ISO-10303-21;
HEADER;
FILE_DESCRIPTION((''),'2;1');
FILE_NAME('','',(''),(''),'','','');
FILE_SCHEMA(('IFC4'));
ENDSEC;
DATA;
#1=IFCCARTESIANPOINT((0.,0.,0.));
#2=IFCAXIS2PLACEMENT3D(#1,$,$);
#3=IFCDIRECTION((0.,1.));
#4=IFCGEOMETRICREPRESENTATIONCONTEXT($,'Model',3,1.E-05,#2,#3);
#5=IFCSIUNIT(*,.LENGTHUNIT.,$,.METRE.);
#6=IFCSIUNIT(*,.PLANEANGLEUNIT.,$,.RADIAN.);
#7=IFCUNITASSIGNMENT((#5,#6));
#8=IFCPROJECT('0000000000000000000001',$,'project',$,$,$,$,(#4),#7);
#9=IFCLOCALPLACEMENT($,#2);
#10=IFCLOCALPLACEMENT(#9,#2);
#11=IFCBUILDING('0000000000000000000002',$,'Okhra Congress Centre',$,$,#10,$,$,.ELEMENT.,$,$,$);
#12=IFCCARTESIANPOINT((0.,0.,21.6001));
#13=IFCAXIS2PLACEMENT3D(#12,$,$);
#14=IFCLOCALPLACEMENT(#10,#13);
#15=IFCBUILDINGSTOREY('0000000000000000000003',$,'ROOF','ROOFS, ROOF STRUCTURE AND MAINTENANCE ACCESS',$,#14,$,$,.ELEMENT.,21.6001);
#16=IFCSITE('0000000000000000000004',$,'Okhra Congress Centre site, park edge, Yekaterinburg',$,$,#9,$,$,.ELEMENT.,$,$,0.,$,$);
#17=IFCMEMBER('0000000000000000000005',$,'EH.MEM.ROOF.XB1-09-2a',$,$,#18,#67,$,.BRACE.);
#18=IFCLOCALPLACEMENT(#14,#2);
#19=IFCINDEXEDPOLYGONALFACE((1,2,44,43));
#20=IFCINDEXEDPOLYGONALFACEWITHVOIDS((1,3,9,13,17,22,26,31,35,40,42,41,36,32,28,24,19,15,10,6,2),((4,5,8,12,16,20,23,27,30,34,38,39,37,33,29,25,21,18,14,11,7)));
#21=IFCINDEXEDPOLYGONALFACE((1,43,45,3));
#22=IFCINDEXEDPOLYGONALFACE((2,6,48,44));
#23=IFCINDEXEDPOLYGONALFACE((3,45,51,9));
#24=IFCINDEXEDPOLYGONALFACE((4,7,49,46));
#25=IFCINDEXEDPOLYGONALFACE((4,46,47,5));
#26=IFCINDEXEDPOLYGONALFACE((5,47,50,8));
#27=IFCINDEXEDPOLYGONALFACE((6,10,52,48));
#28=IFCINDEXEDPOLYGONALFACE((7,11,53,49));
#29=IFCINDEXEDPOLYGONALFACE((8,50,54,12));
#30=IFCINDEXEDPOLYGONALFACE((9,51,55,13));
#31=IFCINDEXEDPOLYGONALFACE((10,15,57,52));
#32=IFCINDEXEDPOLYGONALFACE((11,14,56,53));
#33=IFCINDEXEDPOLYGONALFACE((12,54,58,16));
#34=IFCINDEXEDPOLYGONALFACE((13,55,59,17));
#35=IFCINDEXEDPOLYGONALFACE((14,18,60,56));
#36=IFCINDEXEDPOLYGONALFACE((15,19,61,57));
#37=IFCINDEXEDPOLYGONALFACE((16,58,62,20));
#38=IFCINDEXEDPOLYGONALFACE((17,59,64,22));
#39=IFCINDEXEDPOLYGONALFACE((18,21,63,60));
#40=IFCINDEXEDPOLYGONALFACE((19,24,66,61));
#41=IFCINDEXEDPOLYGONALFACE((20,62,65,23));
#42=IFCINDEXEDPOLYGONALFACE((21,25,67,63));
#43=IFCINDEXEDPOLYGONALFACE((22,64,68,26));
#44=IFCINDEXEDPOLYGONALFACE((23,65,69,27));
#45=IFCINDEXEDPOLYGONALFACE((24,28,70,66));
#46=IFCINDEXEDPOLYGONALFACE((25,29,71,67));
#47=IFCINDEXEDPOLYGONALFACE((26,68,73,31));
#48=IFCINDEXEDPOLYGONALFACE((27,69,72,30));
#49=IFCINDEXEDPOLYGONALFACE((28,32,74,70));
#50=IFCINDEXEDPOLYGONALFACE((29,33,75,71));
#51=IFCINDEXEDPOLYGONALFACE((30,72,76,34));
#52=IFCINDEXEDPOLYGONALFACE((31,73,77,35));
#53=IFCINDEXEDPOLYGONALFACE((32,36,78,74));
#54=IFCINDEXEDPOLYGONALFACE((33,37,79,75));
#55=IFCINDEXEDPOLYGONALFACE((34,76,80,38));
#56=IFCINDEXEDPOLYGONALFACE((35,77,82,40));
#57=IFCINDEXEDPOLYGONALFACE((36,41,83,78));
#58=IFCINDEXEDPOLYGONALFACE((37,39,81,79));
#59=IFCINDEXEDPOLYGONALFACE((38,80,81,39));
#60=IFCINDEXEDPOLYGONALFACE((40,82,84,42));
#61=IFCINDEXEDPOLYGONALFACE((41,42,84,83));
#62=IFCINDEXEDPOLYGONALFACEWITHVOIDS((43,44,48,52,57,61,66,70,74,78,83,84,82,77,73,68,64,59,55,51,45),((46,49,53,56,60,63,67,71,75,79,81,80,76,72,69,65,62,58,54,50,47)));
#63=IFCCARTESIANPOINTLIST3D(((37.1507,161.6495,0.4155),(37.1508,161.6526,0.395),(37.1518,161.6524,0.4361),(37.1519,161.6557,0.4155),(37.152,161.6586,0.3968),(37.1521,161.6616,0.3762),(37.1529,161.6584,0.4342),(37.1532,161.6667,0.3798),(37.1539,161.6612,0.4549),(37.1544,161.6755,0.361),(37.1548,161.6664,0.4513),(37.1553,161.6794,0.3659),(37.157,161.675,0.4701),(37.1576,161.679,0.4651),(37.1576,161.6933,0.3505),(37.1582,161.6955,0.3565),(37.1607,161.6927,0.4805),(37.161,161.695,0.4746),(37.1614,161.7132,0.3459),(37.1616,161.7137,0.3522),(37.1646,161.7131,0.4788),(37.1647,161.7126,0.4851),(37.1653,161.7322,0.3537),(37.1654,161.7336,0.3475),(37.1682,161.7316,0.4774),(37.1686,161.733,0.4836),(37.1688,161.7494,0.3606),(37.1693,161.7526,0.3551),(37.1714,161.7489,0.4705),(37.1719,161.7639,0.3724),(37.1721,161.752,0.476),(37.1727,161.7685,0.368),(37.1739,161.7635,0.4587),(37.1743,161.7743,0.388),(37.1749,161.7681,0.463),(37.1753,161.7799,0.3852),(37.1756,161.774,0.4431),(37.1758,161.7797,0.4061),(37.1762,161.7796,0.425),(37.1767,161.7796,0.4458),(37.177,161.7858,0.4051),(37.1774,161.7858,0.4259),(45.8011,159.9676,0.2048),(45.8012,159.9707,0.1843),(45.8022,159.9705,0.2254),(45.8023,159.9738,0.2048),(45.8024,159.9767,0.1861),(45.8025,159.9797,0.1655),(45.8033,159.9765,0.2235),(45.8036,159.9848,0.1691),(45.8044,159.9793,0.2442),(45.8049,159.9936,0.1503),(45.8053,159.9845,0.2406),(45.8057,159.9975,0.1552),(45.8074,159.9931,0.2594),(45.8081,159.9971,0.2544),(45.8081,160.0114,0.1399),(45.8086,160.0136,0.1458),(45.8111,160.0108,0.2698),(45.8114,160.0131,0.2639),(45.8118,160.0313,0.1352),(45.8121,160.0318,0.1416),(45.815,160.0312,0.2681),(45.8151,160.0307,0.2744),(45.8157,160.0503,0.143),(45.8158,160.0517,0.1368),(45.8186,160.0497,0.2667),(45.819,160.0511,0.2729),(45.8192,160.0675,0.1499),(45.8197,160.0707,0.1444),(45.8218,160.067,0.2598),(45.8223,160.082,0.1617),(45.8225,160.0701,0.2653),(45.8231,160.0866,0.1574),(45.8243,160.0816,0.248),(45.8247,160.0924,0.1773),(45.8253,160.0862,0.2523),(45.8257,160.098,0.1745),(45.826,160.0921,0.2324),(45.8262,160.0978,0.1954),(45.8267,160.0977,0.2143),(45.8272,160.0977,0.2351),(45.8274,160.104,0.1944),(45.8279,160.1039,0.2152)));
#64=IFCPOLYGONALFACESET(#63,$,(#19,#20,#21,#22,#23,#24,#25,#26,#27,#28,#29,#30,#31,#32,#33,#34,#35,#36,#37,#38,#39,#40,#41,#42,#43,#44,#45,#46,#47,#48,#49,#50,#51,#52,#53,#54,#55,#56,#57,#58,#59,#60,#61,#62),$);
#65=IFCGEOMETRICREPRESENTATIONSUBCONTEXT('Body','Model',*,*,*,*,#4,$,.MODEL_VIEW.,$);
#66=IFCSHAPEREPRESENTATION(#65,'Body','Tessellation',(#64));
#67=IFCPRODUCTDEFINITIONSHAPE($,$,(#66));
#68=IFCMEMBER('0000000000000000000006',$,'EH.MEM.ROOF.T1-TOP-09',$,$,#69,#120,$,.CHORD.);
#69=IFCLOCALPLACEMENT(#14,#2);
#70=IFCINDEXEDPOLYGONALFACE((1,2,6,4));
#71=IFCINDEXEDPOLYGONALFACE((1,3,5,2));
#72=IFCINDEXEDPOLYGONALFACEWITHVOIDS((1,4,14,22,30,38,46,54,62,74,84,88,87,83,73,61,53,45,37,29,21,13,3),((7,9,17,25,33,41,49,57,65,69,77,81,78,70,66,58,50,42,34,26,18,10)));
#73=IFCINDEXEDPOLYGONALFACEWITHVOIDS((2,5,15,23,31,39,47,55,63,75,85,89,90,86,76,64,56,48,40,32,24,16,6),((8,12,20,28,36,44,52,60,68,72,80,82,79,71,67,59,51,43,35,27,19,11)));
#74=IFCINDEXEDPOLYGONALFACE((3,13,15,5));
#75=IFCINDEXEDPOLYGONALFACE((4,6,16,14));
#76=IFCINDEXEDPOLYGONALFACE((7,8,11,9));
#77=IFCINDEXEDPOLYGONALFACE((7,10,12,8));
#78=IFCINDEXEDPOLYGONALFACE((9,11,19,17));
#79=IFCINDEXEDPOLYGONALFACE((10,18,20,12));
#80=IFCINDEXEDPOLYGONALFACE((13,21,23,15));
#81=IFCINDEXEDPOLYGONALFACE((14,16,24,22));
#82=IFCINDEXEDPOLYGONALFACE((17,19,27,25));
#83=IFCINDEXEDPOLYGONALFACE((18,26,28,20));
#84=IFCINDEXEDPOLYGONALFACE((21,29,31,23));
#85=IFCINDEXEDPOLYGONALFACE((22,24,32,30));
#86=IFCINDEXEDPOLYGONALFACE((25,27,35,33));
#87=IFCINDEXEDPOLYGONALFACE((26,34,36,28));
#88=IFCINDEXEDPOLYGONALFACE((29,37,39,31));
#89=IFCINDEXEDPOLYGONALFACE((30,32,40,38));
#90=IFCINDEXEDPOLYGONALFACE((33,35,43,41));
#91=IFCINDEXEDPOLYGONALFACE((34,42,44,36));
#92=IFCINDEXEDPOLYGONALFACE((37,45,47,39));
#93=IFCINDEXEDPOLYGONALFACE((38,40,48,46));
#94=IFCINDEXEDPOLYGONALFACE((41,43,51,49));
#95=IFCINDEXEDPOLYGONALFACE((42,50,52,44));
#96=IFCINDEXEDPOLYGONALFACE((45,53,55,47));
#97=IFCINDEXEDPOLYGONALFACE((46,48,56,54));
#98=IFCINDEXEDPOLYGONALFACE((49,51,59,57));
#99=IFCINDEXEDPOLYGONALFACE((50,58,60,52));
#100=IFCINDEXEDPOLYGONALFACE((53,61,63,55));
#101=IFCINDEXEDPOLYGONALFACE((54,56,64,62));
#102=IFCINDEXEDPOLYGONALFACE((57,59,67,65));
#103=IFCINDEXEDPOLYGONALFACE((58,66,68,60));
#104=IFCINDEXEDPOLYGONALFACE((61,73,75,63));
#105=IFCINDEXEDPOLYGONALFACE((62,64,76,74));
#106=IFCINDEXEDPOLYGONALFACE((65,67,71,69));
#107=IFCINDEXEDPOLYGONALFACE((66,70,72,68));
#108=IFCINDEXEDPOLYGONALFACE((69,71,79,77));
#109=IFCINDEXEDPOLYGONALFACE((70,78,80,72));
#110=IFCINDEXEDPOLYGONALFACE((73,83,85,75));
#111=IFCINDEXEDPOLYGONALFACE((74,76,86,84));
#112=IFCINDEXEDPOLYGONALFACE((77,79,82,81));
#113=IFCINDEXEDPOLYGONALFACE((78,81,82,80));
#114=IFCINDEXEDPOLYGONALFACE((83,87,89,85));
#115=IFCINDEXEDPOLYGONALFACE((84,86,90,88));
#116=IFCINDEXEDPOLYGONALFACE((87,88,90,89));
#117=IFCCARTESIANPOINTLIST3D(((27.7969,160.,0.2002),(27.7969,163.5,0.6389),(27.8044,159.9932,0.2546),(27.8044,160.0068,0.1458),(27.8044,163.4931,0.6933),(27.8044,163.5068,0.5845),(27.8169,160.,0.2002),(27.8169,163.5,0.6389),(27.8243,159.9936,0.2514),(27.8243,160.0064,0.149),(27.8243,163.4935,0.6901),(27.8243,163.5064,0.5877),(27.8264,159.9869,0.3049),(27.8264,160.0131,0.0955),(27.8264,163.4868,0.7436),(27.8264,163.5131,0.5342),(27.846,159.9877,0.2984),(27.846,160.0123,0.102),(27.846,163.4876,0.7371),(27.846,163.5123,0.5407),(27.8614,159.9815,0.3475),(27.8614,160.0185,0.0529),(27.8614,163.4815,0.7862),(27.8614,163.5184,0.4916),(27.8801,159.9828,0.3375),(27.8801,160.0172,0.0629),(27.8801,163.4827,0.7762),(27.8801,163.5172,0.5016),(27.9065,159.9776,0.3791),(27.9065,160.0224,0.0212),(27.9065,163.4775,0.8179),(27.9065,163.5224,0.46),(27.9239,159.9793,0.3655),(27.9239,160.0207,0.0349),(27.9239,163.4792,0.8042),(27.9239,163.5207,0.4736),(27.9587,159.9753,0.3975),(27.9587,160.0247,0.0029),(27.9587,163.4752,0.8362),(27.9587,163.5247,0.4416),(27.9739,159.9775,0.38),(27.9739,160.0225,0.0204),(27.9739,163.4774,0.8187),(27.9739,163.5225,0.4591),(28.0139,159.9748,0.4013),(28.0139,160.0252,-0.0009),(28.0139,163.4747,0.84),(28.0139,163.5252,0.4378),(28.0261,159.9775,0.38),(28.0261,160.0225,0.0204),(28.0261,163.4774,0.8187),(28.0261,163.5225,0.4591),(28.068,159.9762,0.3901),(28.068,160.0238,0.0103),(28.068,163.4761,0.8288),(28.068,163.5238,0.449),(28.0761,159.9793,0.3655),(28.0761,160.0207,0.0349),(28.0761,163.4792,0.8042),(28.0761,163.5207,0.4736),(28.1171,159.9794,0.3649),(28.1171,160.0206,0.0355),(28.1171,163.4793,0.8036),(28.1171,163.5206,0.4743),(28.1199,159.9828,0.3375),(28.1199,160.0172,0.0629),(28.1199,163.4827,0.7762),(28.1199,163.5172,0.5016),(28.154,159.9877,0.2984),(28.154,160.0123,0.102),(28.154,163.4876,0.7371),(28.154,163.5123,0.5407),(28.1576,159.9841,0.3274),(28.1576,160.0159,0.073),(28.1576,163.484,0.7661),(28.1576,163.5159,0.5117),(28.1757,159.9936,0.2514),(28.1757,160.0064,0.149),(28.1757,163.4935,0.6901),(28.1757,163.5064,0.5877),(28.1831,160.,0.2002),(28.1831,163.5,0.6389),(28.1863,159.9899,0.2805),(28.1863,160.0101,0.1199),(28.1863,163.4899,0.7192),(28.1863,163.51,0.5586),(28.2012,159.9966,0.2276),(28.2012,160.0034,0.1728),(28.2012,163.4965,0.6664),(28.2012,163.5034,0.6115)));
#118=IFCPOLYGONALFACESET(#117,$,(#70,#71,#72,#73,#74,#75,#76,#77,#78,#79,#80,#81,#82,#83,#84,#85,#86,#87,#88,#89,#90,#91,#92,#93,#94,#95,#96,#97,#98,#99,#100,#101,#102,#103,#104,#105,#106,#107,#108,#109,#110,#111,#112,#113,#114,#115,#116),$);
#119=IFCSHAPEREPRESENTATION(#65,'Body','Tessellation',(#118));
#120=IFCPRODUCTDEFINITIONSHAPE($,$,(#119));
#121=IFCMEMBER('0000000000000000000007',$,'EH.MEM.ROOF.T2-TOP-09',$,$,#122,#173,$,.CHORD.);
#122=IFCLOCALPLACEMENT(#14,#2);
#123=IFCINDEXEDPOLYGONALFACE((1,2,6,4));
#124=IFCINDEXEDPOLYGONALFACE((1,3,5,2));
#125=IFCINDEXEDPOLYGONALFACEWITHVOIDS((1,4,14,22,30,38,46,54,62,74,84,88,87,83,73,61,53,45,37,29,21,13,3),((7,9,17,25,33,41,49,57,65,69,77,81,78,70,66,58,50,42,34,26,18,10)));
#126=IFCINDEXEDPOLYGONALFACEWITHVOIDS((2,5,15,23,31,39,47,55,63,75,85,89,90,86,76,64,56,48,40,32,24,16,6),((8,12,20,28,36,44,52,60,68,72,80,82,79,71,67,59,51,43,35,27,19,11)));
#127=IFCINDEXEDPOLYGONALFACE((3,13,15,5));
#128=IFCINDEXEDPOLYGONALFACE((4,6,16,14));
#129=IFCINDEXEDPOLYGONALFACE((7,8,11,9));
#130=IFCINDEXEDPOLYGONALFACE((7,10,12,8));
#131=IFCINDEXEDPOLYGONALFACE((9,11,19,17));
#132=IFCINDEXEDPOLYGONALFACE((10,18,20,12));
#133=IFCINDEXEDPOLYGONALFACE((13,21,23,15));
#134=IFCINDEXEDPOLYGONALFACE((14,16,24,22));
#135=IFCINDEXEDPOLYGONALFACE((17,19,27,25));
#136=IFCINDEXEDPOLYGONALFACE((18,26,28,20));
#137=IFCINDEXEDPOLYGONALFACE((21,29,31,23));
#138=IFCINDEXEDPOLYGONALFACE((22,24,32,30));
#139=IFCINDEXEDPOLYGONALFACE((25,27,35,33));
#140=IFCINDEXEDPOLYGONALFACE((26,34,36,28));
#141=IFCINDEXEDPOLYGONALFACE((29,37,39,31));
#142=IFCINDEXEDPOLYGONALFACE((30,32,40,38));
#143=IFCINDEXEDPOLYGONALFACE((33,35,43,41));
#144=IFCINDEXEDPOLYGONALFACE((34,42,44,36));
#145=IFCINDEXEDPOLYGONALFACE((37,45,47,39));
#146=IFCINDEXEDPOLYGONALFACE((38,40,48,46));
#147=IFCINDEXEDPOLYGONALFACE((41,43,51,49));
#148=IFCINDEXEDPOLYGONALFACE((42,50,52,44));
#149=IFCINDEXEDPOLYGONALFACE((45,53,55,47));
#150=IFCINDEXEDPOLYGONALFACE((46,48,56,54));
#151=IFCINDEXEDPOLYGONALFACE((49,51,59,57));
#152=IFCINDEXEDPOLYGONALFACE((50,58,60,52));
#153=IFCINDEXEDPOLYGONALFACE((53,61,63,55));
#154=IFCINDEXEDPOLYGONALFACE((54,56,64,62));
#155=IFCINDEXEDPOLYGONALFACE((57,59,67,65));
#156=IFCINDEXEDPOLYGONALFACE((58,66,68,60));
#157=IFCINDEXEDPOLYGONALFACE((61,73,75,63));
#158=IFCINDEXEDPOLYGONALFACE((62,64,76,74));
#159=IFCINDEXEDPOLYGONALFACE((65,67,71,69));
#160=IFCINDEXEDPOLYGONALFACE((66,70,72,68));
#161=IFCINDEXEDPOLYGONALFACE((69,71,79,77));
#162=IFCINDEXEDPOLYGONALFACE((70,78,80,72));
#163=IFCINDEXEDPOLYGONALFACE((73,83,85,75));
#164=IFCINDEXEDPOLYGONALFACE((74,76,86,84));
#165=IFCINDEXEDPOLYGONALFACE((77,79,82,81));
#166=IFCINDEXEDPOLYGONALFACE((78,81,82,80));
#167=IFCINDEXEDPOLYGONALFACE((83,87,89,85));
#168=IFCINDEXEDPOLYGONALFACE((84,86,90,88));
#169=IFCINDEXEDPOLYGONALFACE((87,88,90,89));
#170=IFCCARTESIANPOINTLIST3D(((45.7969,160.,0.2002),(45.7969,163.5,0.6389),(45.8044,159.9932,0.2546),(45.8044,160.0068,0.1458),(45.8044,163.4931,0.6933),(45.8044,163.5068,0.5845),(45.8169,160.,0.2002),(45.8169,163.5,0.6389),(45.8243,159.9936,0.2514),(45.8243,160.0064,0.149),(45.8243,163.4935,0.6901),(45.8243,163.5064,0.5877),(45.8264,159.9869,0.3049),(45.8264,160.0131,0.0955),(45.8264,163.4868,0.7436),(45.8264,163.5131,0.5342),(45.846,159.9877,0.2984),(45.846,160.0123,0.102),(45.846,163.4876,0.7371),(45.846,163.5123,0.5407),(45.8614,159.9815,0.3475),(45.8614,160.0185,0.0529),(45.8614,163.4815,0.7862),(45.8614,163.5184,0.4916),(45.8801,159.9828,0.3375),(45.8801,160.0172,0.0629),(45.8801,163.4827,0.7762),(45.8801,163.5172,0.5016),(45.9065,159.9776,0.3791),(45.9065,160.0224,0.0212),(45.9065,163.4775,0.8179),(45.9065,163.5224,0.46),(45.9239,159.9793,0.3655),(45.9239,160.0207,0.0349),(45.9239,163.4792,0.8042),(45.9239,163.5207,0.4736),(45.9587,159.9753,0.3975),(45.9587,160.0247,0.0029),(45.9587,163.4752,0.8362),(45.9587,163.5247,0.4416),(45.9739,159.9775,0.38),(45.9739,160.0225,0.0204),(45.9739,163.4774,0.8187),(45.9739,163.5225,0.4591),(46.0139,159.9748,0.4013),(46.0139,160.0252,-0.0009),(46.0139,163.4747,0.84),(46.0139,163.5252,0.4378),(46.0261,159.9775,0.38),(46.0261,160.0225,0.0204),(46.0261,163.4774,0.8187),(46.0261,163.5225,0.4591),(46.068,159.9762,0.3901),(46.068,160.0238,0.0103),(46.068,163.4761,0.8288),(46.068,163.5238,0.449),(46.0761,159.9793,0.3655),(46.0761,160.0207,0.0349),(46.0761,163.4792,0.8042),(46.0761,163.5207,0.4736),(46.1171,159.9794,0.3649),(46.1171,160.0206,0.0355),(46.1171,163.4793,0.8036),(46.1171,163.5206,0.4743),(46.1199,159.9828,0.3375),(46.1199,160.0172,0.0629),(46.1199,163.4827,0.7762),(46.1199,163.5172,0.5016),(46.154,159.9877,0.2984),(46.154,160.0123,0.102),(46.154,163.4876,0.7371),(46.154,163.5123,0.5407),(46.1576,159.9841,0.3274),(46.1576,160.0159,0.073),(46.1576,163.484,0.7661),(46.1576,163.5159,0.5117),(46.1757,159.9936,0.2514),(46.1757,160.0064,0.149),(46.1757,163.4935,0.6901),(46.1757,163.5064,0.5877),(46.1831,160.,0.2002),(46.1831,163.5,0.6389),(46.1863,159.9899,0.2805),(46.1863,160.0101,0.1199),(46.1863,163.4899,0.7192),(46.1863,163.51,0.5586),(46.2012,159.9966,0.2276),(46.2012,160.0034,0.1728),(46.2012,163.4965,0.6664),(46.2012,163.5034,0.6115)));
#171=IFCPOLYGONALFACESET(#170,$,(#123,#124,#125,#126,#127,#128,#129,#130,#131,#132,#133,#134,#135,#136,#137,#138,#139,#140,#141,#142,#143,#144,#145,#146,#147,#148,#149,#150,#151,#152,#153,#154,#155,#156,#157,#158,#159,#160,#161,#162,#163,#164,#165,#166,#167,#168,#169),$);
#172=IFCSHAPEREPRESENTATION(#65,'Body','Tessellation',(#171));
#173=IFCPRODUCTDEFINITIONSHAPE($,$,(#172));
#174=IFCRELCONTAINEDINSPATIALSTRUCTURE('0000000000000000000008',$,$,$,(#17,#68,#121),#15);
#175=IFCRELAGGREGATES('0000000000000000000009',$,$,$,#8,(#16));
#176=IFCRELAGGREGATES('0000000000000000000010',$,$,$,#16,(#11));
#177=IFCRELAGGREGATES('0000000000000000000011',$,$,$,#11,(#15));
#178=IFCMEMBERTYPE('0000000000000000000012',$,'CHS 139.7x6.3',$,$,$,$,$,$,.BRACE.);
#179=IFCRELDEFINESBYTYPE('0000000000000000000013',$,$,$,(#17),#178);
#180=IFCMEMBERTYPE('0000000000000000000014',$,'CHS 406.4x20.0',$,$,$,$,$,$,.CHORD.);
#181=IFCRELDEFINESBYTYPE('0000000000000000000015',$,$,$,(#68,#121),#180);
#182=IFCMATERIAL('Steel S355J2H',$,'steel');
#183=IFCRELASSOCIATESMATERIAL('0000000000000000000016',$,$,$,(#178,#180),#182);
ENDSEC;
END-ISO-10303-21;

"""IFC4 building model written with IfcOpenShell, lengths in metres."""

from ifc_helpers import new_model, si_unit, direction, frame, origin, origin_2d, place, context, subcontext, project, spatial, hollow_circle, extrude, material, material_profile, profile_set, type_object, element, save


model = new_model("IFC4")

# Units and contexts
model_context = context("Model", 3, precision=1e-05, world=origin(), true_north=direction((0.0, 1.0)))
body_context = subcontext(model_context, "Body", "Model", "MODEL_VIEW")
ifc_project = project(units=[si_unit("LENGTHUNIT", "METRE"), si_unit("PLANEANGLEUNIT", "RADIAN")], contexts=[model_context])

# Site, building, storey
site_placement = place(None, origin())
site = spatial("IfcSite", under=ifc_project, at=site_placement, Name="Okhra Congress Centre site, park edge, Yekaterinburg", CompositionType="ELEMENT", RefElevation=0.0)
building_placement = place(site_placement, origin())
building = spatial("IfcBuilding", under=site, at=building_placement, Name="Okhra Congress Centre", CompositionType="ELEMENT")
storey_placement = place(building_placement, frame((0.0, 0.0, 21.6001)))
storey = spatial("IfcBuildingStorey", under=building, at=storey_placement, Name="ROOF", Description="ROOFS, ROOF STRUCTURE AND MAINTENANCE ACCESS", CompositionType="ELEMENT", Elevation=21.6001)

# Members
ifc_material_1 = material(Name="Steel S355J2H", Category="steel")
ifc_material_profile_1 = material_profile(ifc_material_1, hollow_circle(Radius=0.0698, WallThickness=0.0063, at=origin_2d()), Name="CHS 139.7x6.3")
ifc_profile_set_1 = profile_set([ifc_material_profile_1], Name="Steel S355J2H")
member_type_1 = type_object("IfcMemberType", Name="CHS 139.7x6.3", PredefinedType="BRACE", material=ifc_profile_set_1)
member_1_placement = place(storey_placement, frame((45.8145, 160.0361, 0.2048), z_axis=(-0.981338, 0.1908, 0.023902), x_axis=(-0.190855, -0.981618, 0.0)))
element("IfcMember", 1, at=member_1_placement, inside=storey, type_object=member_type_1, Name="EH.MEM.ROOF.XB1-09-2a", PredefinedType="BRACE", context=body_context, shape_type="SweptSolid", body=[
    extrude(hollow_circle(Radius=0.0698, WallThickness=0.0063, at=origin_2d()), origin(), (0.0, 0.0, 1.0), 8.8149),
])
ifc_material_profile_2 = material_profile(ifc_material_1, hollow_circle(Radius=0.2031, WallThickness=0.02, at=origin_2d()), Name="CHS 406.4x20.0")
ifc_profile_set_2 = profile_set([ifc_material_profile_2], Name="Steel S355J2H")
member_type_2 = type_object("IfcMemberType", Name="CHS 406.4x20.0", PredefinedType="CHORD", material=ifc_profile_set_2)
for number, where, z_axis, x_axis, name in (
    (2, (28.0, 160.0, 0.2002), (0.0, 0.992235, 0.124375), (-1.0, 0.0, 0.0), "EH.MEM.ROOF.T1-TOP-09"),
    (3, (46.0, 160.0, 0.2002), (0.0, 0.992235, 0.124375), (-1.0, 0.0, 0.0), "EH.MEM.ROOF.T2-TOP-09"),
):
    element("IfcMember", number, at=place(storey_placement, frame(where, z_axis=z_axis, x_axis=x_axis)), inside=storey, type_object=member_type_2, Name=name, PredefinedType="CHORD", context=body_context, shape_type="SweptSolid", body=[
        extrude(hollow_circle(Radius=0.2031, WallThickness=0.02, at=origin_2d()), origin(), (0.0, 0.0, 1.0), 3.5273),
    ])

save(model, "model.ifc")
